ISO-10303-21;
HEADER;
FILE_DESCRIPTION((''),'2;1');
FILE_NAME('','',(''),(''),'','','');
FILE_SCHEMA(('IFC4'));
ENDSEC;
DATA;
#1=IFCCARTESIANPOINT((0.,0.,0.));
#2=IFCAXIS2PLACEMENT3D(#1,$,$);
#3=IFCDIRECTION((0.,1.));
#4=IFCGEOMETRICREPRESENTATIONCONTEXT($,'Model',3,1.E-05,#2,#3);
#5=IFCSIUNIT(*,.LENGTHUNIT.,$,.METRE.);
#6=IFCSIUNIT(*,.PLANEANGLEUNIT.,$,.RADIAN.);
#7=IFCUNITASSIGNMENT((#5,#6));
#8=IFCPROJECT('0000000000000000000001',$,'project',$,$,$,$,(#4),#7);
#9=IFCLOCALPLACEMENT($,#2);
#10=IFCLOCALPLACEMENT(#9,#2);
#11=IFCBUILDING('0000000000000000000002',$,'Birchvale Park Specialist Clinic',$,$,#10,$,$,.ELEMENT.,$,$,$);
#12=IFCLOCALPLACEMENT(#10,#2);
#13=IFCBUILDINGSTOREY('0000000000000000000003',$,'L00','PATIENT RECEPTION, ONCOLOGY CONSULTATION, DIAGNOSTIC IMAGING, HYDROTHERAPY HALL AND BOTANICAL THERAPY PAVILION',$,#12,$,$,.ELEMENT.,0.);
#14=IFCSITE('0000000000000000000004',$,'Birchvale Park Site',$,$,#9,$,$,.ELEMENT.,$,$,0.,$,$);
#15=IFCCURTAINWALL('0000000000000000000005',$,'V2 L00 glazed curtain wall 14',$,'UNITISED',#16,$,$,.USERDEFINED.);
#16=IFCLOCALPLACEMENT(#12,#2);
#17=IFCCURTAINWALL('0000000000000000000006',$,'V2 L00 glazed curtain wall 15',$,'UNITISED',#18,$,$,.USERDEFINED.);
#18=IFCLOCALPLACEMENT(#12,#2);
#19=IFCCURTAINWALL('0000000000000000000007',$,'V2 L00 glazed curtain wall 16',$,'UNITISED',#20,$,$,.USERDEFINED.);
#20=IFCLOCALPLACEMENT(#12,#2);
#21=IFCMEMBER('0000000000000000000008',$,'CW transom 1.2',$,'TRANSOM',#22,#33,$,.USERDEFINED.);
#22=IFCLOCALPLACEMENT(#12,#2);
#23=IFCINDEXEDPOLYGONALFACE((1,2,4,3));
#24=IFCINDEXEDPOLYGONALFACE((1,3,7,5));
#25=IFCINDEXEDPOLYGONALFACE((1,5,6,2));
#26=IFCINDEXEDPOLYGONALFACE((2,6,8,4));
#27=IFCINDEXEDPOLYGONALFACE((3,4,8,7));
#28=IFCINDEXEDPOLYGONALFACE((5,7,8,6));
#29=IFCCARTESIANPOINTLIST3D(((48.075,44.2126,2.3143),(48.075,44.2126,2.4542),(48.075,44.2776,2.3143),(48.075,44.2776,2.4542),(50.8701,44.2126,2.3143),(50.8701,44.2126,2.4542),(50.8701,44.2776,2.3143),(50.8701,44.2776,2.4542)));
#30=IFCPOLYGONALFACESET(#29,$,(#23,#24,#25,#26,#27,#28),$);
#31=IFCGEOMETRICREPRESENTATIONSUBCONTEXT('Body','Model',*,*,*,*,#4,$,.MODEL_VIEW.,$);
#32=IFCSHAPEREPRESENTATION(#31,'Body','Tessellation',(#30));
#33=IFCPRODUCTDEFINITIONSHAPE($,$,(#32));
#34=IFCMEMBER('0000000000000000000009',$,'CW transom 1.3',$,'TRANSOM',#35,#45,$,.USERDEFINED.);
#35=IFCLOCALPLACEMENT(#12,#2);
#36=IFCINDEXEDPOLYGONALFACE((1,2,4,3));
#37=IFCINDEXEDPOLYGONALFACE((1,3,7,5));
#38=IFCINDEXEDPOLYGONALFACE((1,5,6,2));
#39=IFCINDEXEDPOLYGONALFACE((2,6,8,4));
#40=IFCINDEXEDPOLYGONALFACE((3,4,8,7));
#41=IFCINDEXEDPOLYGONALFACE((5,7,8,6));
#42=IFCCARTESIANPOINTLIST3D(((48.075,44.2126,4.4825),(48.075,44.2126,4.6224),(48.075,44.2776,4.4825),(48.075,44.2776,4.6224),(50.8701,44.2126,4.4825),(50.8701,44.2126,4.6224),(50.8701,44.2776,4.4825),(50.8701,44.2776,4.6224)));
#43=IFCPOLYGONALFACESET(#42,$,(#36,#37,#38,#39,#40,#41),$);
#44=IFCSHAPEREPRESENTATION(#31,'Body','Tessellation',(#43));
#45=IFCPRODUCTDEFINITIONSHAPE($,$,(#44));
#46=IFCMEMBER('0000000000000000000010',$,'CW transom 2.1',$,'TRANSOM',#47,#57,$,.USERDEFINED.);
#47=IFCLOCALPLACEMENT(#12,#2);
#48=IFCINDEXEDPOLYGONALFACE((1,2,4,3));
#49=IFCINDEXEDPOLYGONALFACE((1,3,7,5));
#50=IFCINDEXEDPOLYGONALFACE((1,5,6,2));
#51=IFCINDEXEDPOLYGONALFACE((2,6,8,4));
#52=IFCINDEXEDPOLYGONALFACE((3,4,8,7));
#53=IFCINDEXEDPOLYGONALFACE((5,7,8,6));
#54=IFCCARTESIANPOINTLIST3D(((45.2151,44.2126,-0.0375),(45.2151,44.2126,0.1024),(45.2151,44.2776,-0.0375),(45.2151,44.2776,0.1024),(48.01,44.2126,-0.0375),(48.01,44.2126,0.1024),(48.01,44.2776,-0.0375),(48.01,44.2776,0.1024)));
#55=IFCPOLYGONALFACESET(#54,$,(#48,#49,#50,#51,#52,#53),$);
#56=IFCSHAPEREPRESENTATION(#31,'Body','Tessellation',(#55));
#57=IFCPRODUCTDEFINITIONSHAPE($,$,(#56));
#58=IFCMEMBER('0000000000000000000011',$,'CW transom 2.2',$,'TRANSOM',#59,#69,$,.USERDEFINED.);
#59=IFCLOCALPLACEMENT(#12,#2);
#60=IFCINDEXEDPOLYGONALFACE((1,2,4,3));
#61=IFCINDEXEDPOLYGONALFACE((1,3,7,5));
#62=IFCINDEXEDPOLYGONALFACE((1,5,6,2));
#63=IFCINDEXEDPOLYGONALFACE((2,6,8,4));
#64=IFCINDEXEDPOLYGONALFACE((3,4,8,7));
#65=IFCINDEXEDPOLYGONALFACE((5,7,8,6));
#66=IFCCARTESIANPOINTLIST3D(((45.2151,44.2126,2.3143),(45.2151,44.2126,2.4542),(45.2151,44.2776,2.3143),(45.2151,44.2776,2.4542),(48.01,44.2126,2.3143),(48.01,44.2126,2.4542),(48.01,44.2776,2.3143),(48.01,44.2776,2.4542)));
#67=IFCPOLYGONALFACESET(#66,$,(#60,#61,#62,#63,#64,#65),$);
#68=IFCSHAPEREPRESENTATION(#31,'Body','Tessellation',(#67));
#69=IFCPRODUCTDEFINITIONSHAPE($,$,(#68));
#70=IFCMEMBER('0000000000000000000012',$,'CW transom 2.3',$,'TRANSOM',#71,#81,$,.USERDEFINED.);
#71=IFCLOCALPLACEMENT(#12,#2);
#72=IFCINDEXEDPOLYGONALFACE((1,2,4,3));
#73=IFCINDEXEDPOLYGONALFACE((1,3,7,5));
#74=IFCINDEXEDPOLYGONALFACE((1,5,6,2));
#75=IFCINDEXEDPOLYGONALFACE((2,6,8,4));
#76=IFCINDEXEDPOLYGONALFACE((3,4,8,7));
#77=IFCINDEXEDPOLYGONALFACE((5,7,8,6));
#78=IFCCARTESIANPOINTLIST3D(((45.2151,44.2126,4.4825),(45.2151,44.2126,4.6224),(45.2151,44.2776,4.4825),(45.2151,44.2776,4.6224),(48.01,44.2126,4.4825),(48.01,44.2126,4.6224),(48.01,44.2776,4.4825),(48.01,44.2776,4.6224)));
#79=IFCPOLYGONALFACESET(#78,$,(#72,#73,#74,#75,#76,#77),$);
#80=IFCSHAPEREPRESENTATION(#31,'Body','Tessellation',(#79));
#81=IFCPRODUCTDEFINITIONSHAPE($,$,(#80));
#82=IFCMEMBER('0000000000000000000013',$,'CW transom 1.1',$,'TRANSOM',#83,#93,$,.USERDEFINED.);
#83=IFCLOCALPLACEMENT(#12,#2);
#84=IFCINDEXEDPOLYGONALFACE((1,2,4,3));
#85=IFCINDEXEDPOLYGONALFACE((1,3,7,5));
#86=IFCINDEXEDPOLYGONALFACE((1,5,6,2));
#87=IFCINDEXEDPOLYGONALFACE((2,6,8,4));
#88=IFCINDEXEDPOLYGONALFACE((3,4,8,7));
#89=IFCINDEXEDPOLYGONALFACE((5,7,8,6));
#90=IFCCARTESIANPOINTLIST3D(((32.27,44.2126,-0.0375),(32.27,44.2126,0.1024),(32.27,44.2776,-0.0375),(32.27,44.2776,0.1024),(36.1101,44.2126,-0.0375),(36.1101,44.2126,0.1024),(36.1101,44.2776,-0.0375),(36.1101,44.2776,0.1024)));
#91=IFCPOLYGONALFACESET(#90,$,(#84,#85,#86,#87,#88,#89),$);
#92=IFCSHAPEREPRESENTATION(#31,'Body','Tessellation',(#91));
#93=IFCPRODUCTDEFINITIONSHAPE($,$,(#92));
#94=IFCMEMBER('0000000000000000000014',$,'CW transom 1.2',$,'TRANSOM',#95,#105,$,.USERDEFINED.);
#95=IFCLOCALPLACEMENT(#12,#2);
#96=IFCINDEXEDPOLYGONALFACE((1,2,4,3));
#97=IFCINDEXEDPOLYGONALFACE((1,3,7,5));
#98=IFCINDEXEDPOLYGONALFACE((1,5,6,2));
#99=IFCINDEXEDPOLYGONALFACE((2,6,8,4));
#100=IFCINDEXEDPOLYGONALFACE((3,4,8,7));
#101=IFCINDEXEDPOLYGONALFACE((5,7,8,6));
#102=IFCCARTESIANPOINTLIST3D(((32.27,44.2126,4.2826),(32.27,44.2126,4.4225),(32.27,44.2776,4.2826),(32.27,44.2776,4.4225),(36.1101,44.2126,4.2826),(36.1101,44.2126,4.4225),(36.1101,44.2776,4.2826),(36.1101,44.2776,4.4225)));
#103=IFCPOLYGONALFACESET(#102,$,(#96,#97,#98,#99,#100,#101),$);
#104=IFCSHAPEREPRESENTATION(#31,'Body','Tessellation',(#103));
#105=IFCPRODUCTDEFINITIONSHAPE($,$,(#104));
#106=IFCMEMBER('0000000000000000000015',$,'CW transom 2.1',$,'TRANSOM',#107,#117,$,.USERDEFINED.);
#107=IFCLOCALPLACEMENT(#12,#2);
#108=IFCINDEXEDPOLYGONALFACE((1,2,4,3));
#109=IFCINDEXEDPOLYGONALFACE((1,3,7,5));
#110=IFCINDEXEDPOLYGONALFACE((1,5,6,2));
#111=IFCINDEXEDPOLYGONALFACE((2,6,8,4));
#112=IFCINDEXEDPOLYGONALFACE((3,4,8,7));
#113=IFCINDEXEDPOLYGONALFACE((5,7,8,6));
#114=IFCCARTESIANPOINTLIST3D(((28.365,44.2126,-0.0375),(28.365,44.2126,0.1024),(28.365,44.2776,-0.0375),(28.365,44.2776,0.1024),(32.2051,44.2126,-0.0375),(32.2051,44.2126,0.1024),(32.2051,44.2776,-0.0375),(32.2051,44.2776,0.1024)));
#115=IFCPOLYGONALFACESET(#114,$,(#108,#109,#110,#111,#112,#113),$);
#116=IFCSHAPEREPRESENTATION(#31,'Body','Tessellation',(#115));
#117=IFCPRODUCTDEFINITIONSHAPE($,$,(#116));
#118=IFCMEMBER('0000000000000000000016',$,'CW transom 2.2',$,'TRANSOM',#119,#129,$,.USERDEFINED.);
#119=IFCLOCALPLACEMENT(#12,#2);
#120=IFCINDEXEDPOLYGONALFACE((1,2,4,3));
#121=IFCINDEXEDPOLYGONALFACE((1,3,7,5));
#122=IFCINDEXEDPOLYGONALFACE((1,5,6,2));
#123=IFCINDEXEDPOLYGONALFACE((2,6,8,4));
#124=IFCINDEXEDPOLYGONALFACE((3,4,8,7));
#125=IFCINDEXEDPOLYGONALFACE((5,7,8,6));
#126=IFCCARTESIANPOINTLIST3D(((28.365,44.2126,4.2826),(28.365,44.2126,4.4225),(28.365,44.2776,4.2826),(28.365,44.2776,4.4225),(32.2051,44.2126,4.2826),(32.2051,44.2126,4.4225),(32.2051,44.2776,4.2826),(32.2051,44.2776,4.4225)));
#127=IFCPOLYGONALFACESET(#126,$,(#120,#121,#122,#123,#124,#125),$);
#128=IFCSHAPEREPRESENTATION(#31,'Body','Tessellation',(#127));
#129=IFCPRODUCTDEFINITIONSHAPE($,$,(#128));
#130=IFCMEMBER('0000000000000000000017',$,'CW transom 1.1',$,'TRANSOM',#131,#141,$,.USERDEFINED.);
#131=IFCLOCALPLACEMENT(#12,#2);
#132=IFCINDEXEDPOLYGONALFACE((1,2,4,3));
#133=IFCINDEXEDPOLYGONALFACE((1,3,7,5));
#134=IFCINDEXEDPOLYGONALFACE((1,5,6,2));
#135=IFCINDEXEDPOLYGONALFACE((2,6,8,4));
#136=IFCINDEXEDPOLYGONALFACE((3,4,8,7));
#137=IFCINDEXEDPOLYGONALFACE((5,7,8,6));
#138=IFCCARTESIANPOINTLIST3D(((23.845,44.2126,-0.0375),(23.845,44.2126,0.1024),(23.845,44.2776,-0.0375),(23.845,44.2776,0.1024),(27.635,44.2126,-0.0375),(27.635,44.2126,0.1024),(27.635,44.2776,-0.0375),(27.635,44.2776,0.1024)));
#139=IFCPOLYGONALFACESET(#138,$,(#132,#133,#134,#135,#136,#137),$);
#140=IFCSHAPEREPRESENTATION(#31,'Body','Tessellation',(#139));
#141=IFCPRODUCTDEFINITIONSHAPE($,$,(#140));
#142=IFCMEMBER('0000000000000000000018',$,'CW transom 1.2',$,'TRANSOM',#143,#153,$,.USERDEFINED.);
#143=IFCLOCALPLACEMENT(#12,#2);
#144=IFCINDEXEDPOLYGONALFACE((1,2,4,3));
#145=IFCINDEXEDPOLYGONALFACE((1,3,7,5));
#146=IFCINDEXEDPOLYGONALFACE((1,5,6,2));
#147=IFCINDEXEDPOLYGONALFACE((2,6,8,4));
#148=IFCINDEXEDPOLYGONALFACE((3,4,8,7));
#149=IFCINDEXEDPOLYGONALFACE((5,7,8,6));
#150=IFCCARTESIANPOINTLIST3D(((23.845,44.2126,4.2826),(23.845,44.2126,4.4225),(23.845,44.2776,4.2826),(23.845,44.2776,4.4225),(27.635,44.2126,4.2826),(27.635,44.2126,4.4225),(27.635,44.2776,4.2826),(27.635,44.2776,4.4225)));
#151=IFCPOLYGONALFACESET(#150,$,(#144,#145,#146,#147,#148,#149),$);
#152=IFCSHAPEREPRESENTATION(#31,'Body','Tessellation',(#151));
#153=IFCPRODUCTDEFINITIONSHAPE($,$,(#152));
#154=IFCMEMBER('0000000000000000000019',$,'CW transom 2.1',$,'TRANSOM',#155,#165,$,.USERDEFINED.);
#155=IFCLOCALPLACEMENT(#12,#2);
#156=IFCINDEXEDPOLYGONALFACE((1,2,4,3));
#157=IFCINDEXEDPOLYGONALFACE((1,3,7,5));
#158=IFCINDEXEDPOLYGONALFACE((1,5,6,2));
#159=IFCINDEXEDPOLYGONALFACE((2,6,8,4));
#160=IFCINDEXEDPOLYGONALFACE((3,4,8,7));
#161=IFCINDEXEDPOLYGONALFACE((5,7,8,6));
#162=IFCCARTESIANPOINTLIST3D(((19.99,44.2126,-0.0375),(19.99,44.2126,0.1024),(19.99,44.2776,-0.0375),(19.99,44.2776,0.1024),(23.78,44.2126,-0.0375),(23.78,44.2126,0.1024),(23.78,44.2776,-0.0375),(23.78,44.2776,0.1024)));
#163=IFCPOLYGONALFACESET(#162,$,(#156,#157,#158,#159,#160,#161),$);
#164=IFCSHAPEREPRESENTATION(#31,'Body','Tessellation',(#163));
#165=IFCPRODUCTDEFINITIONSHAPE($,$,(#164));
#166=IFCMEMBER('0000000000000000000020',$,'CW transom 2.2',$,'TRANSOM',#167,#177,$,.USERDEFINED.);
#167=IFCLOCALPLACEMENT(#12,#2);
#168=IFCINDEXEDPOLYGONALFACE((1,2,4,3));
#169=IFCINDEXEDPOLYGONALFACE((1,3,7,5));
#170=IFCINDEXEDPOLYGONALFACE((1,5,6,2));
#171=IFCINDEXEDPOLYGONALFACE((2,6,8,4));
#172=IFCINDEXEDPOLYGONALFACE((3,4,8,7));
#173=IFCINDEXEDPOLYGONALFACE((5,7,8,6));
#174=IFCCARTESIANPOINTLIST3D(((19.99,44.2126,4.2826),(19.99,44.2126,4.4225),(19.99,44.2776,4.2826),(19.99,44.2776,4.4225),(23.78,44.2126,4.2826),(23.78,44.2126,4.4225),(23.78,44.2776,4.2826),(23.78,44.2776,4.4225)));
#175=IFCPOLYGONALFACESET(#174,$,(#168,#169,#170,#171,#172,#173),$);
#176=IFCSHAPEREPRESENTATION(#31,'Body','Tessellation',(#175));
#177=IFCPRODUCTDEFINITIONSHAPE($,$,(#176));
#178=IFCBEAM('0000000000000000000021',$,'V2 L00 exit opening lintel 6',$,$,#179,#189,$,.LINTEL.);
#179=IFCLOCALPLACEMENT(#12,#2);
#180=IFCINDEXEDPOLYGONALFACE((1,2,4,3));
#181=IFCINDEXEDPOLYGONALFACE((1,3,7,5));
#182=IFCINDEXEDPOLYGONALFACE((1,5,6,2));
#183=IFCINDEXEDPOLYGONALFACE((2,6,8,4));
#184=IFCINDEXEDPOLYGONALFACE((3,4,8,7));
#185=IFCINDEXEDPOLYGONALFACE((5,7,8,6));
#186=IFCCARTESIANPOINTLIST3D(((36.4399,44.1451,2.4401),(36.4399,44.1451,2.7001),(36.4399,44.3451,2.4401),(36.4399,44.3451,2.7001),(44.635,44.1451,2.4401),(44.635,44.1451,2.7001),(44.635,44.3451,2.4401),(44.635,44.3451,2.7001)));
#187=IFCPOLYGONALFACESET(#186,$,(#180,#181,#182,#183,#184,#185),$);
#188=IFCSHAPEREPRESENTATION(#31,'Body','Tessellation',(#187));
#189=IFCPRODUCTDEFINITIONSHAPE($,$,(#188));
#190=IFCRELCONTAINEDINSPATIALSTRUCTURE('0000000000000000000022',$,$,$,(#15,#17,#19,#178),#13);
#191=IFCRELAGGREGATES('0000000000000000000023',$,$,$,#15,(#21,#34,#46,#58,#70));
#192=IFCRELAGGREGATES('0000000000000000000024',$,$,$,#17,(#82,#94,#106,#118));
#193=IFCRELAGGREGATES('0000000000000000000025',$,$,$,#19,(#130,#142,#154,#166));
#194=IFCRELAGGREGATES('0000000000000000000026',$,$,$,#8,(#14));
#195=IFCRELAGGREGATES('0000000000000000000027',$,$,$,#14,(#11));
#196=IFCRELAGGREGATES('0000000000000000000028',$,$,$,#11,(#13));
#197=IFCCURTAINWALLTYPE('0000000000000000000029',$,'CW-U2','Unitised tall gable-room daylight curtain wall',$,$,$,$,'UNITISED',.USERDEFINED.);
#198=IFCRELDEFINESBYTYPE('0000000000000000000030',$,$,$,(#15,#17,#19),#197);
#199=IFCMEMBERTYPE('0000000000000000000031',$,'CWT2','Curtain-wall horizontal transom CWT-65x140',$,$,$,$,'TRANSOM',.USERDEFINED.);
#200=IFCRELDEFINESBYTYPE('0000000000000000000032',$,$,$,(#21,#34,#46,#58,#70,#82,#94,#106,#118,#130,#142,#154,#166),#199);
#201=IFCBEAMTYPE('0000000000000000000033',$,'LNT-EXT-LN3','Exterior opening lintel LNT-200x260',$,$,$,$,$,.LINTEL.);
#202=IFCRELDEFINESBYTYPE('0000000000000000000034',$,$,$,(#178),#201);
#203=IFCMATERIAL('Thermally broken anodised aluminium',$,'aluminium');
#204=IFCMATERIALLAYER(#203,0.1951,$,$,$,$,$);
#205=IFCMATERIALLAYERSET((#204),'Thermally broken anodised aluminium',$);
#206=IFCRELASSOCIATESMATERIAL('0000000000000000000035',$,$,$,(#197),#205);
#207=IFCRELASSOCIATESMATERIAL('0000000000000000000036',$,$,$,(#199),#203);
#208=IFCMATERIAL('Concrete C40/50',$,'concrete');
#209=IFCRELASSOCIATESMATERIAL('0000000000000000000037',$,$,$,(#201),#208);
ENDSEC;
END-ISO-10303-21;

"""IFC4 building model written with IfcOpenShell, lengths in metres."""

from ifc_helpers import new_model, si_unit, direction, frame, origin, origin_2d, place, context, subcontext, project, spatial, rectangle, extrude, material, layer, layer_set, material_profile, profile_set, type_object, element, aggregate, save


model = new_model("IFC4")

# Units and contexts
model_context = context("Model", 3, precision=1e-05, world=origin(), true_north=direction((0.0, 1.0)))
body_context = subcontext(model_context, "Body", "Model", "MODEL_VIEW")
ifc_project = project(units=[si_unit("LENGTHUNIT", "METRE"), si_unit("PLANEANGLEUNIT", "RADIAN")], contexts=[model_context])

# Site, building, storey
site_placement = place(None, origin())
site = spatial("IfcSite", under=ifc_project, at=site_placement, Name="Birchvale Park Site", CompositionType="ELEMENT", RefElevation=0.0)
building_placement = place(site_placement, origin())
building = spatial("IfcBuilding", under=site, at=building_placement, Name="Birchvale Park Specialist Clinic", CompositionType="ELEMENT")
storey_placement = place(building_placement, origin())
storey = spatial("IfcBuildingStorey", under=building, at=storey_placement, Name="L00", Description="PATIENT RECEPTION, ONCOLOGY CONSULTATION, DIAGNOSTIC IMAGING, HYDROTHERAPY HALL AND BOTANICAL THERAPY PAVILION", CompositionType="ELEMENT", Elevation=0.0)

# Shared definitions
ifc_material_1 = material(Name="Concrete C40/50", Category="concrete")

# Curtain walls
ifc_material_2 = material(Name="Thermally broken anodised aluminium", Category="aluminium")
ifc_layer_1 = layer(ifc_material_2, 0.1951)
ifc_layer_set_1 = layer_set([ifc_layer_1], Name="Thermally broken anodised aluminium")
curtain_wall_type = type_object("IfcCurtainWallType", Name="CW-U2", Description="Unitised tall gable-room daylight curtain wall", ElementType="UNITISED", PredefinedType="USERDEFINED", material=ifc_layer_set_1)
curtain_wall_1_placement = place(storey_placement, origin())
curtain_wall_1 = element("IfcCurtainWall", 1, at=curtain_wall_1_placement, inside=storey, type_object=curtain_wall_type, Name="V2 L00 glazed curtain wall 14", ObjectType="UNITISED", PredefinedType="USERDEFINED")
curtain_wall_2_placement = place(storey_placement, origin())
curtain_wall_2 = element("IfcCurtainWall", 2, at=curtain_wall_2_placement, inside=storey, type_object=curtain_wall_type, Name="V2 L00 glazed curtain wall 15", ObjectType="UNITISED", PredefinedType="USERDEFINED")
curtain_wall_3_placement = place(storey_placement, origin())
curtain_wall_3 = element("IfcCurtainWall", 3, at=curtain_wall_3_placement, inside=storey, type_object=curtain_wall_type, Name="V2 L00 glazed curtain wall 16", ObjectType="UNITISED", PredefinedType="USERDEFINED")

# Members
ifc_material_profile_1 = material_profile(ifc_material_2, rectangle(XDim=0.0649, YDim=0.1399, at=origin_2d()), Name="CWT-65x140")
ifc_profile_set_1 = profile_set([ifc_material_profile_1], Name="Thermally broken anodised aluminium")
member_type_1 = type_object("IfcMemberType", Name="CWT2", Description="Curtain-wall horizontal transom CWT-65x140", ElementType="TRANSOM", PredefinedType="USERDEFINED", material=ifc_profile_set_1)
member_1_placement = place(storey_placement, frame((50.8701, 44.2451, 2.3843), z_axis=(-1.0, 0.0, 0.0), x_axis=(0.0, -1.0, 0.0)))
member_1 = element("IfcMember", 4, at=member_1_placement, type_object=member_type_1, Name="CW transom 1.2", ObjectType="TRANSOM", PredefinedType="USERDEFINED", context=body_context, shape_type="SweptSolid", body=[
    extrude(rectangle(XDim=0.0649, YDim=0.1399, at=origin_2d()), origin(), (0.0, 0.0, 1.0), 2.7952),
])
member_2_placement = place(storey_placement, frame((50.8701, 44.2451, 4.5525), z_axis=(-1.0, 0.0, 0.0), x_axis=(0.0, -1.0, 0.0)))
member_2 = element("IfcMember", 5, at=member_2_placement, type_object=member_type_1, Name="CW transom 1.3", ObjectType="TRANSOM", PredefinedType="USERDEFINED", context=body_context, shape_type="SweptSolid", body=[
    extrude(rectangle(XDim=0.0649, YDim=0.1399, at=origin_2d()), origin(), (0.0, 0.0, 1.0), 2.7952),
])
member_3_placement = place(storey_placement, frame((48.01, 44.2451, 0.0325), z_axis=(-1.0, 0.0, 0.0), x_axis=(0.0, -1.0, 0.0)))
member_3 = element("IfcMember", 6, at=member_3_placement, type_object=member_type_1, Name="CW transom 2.1", ObjectType="TRANSOM", PredefinedType="USERDEFINED", context=body_context, shape_type="SweptSolid", body=[
    extrude(rectangle(XDim=0.0649, YDim=0.1399, at=origin_2d()), origin(), (0.0, 0.0, 1.0), 2.7949),
])
member_4_placement = place(storey_placement, frame((48.01, 44.2451, 2.3843), z_axis=(-1.0, 0.0, 0.0), x_axis=(0.0, -1.0, 0.0)))
member_4 = element("IfcMember", 7, at=member_4_placement, type_object=member_type_1, Name="CW transom 2.2", ObjectType="TRANSOM", PredefinedType="USERDEFINED", context=body_context, shape_type="SweptSolid", body=[
    extrude(rectangle(XDim=0.0649, YDim=0.1399, at=origin_2d()), origin(), (0.0, 0.0, 1.0), 2.7949),
])
member_5_placement = place(storey_placement, frame((48.01, 44.2451, 4.5525), z_axis=(-1.0, 0.0, 0.0), x_axis=(0.0, -1.0, 0.0)))
member_5 = element("IfcMember", 8, at=member_5_placement, type_object=member_type_1, Name="CW transom 2.3", ObjectType="TRANSOM", PredefinedType="USERDEFINED", context=body_context, shape_type="SweptSolid", body=[
    extrude(rectangle(XDim=0.0649, YDim=0.1399, at=origin_2d()), origin(), (0.0, 0.0, 1.0), 2.7949),
])
member_6_placement = place(storey_placement, frame((36.1101, 44.2451, 0.0325), z_axis=(-1.0, 0.0, 0.0), x_axis=(0.0, -1.0, 0.0)))
member_6 = element("IfcMember", 9, at=member_6_placement, type_object=member_type_1, Name="CW transom 1.1", ObjectType="TRANSOM", PredefinedType="USERDEFINED", context=body_context, shape_type="SweptSolid", body=[
    extrude(rectangle(XDim=0.0649, YDim=0.1399, at=origin_2d()), origin(), (0.0, 0.0, 1.0), 3.8401),
])
member_7_placement = place(storey_placement, frame((36.1101, 44.2451, 4.3525), z_axis=(-1.0, 0.0, 0.0), x_axis=(0.0, -1.0, 0.0)))
member_7 = element("IfcMember", 10, at=member_7_placement, type_object=member_type_1, Name="CW transom 1.2", ObjectType="TRANSOM", PredefinedType="USERDEFINED", context=body_context, shape_type="SweptSolid", body=[
    extrude(rectangle(XDim=0.0649, YDim=0.1399, at=origin_2d()), origin(), (0.0, 0.0, 1.0), 3.8401),
])
member_8_placement = place(storey_placement, frame((32.2051, 44.2451, 0.0325), z_axis=(-1.0, 0.0, 0.0), x_axis=(0.0, -1.0, 0.0)))
member_8 = element("IfcMember", 11, at=member_8_placement, type_object=member_type_1, Name="CW transom 2.1", ObjectType="TRANSOM", PredefinedType="USERDEFINED", context=body_context, shape_type="SweptSolid", body=[
    extrude(rectangle(XDim=0.0649, YDim=0.1399, at=origin_2d()), origin(), (0.0, 0.0, 1.0), 3.8401),
])
member_9_placement = place(storey_placement, frame((32.2051, 44.2451, 4.3525), z_axis=(-1.0, 0.0, 0.0), x_axis=(0.0, -1.0, 0.0)))
member_9 = element("IfcMember", 12, at=member_9_placement, type_object=member_type_1, Name="CW transom 2.2", ObjectType="TRANSOM", PredefinedType="USERDEFINED", context=body_context, shape_type="SweptSolid", body=[
    extrude(rectangle(XDim=0.0649, YDim=0.1399, at=origin_2d()), origin(), (0.0, 0.0, 1.0), 3.8401),
])
member_10_placement = place(storey_placement, frame((27.635, 44.2451, 0.0325), z_axis=(-1.0, 0.0, 0.0), x_axis=(0.0, -1.0, 0.0)))
member_10 = element("IfcMember", 13, at=member_10_placement, type_object=member_type_1, Name="CW transom 1.1", ObjectType="TRANSOM", PredefinedType="USERDEFINED", context=body_context, shape_type="SweptSolid", body=[
    extrude(rectangle(XDim=0.0649, YDim=0.1399, at=origin_2d()), origin(), (0.0, 0.0, 1.0), 3.79),
])
member_11_placement = place(storey_placement, frame((27.635, 44.2451, 4.3525), z_axis=(-1.0, 0.0, 0.0), x_axis=(0.0, -1.0, 0.0)))
member_11 = element("IfcMember", 14, at=member_11_placement, type_object=member_type_1, Name="CW transom 1.2", ObjectType="TRANSOM", PredefinedType="USERDEFINED", context=body_context, shape_type="SweptSolid", body=[
    extrude(rectangle(XDim=0.0649, YDim=0.1399, at=origin_2d()), origin(), (0.0, 0.0, 1.0), 3.79),
])
member_12_placement = place(storey_placement, frame((23.78, 44.2451, 0.0325), z_axis=(-1.0, 0.0, 0.0), x_axis=(0.0, -1.0, 0.0)))
member_12 = element("IfcMember", 15, at=member_12_placement, type_object=member_type_1, Name="CW transom 2.1", ObjectType="TRANSOM", PredefinedType="USERDEFINED", context=body_context, shape_type="SweptSolid", body=[
    extrude(rectangle(XDim=0.0649, YDim=0.1399, at=origin_2d()), origin(), (0.0, 0.0, 1.0), 3.79),
])
member_13_placement = place(storey_placement, frame((23.78, 44.2451, 4.3525), z_axis=(-1.0, 0.0, 0.0), x_axis=(0.0, -1.0, 0.0)))
member_13 = element("IfcMember", 16, at=member_13_placement, type_object=member_type_1, Name="CW transom 2.2", ObjectType="TRANSOM", PredefinedType="USERDEFINED", context=body_context, shape_type="SweptSolid", body=[
    extrude(rectangle(XDim=0.0649, YDim=0.1399, at=origin_2d()), origin(), (0.0, 0.0, 1.0), 3.79),
])

# Beam
ifc_material_profile_2 = material_profile(ifc_material_1, rectangle(XDim=0.2, YDim=0.26, at=origin_2d()), Name="LNT-200x260")
ifc_profile_set_2 = profile_set([ifc_material_profile_2], Name="Concrete C40/50")
beam_type_1 = type_object("IfcBeamType", Name="LNT-EXT-LN3", Description="Exterior opening lintel LNT-200x260", PredefinedType="LINTEL", material=ifc_profile_set_2)
beam_1_placement = place(storey_placement, frame((44.635, 44.2451, 2.5701), z_axis=(-1.0, 0.0, 0.0), x_axis=(0.0, -1.0, 0.0)))
element("IfcBeam", 17, at=beam_1_placement, inside=storey, type_object=beam_type_1, Name="V2 L00 exit opening lintel 6", PredefinedType="LINTEL", context=body_context, shape_type="SweptSolid", body=[
    extrude(rectangle(XDim=0.2, YDim=0.26, at=origin_2d()), origin(), (0.0, 0.0, 1.0), 8.1951),
])

aggregate(curtain_wall_1, [member_1, member_2, member_3, member_4, member_5])
aggregate(curtain_wall_2, [member_6, member_7, member_8, member_9])
aggregate(curtain_wall_3, [member_10, member_11, member_12, member_13])

save(model, "model.ifc")
